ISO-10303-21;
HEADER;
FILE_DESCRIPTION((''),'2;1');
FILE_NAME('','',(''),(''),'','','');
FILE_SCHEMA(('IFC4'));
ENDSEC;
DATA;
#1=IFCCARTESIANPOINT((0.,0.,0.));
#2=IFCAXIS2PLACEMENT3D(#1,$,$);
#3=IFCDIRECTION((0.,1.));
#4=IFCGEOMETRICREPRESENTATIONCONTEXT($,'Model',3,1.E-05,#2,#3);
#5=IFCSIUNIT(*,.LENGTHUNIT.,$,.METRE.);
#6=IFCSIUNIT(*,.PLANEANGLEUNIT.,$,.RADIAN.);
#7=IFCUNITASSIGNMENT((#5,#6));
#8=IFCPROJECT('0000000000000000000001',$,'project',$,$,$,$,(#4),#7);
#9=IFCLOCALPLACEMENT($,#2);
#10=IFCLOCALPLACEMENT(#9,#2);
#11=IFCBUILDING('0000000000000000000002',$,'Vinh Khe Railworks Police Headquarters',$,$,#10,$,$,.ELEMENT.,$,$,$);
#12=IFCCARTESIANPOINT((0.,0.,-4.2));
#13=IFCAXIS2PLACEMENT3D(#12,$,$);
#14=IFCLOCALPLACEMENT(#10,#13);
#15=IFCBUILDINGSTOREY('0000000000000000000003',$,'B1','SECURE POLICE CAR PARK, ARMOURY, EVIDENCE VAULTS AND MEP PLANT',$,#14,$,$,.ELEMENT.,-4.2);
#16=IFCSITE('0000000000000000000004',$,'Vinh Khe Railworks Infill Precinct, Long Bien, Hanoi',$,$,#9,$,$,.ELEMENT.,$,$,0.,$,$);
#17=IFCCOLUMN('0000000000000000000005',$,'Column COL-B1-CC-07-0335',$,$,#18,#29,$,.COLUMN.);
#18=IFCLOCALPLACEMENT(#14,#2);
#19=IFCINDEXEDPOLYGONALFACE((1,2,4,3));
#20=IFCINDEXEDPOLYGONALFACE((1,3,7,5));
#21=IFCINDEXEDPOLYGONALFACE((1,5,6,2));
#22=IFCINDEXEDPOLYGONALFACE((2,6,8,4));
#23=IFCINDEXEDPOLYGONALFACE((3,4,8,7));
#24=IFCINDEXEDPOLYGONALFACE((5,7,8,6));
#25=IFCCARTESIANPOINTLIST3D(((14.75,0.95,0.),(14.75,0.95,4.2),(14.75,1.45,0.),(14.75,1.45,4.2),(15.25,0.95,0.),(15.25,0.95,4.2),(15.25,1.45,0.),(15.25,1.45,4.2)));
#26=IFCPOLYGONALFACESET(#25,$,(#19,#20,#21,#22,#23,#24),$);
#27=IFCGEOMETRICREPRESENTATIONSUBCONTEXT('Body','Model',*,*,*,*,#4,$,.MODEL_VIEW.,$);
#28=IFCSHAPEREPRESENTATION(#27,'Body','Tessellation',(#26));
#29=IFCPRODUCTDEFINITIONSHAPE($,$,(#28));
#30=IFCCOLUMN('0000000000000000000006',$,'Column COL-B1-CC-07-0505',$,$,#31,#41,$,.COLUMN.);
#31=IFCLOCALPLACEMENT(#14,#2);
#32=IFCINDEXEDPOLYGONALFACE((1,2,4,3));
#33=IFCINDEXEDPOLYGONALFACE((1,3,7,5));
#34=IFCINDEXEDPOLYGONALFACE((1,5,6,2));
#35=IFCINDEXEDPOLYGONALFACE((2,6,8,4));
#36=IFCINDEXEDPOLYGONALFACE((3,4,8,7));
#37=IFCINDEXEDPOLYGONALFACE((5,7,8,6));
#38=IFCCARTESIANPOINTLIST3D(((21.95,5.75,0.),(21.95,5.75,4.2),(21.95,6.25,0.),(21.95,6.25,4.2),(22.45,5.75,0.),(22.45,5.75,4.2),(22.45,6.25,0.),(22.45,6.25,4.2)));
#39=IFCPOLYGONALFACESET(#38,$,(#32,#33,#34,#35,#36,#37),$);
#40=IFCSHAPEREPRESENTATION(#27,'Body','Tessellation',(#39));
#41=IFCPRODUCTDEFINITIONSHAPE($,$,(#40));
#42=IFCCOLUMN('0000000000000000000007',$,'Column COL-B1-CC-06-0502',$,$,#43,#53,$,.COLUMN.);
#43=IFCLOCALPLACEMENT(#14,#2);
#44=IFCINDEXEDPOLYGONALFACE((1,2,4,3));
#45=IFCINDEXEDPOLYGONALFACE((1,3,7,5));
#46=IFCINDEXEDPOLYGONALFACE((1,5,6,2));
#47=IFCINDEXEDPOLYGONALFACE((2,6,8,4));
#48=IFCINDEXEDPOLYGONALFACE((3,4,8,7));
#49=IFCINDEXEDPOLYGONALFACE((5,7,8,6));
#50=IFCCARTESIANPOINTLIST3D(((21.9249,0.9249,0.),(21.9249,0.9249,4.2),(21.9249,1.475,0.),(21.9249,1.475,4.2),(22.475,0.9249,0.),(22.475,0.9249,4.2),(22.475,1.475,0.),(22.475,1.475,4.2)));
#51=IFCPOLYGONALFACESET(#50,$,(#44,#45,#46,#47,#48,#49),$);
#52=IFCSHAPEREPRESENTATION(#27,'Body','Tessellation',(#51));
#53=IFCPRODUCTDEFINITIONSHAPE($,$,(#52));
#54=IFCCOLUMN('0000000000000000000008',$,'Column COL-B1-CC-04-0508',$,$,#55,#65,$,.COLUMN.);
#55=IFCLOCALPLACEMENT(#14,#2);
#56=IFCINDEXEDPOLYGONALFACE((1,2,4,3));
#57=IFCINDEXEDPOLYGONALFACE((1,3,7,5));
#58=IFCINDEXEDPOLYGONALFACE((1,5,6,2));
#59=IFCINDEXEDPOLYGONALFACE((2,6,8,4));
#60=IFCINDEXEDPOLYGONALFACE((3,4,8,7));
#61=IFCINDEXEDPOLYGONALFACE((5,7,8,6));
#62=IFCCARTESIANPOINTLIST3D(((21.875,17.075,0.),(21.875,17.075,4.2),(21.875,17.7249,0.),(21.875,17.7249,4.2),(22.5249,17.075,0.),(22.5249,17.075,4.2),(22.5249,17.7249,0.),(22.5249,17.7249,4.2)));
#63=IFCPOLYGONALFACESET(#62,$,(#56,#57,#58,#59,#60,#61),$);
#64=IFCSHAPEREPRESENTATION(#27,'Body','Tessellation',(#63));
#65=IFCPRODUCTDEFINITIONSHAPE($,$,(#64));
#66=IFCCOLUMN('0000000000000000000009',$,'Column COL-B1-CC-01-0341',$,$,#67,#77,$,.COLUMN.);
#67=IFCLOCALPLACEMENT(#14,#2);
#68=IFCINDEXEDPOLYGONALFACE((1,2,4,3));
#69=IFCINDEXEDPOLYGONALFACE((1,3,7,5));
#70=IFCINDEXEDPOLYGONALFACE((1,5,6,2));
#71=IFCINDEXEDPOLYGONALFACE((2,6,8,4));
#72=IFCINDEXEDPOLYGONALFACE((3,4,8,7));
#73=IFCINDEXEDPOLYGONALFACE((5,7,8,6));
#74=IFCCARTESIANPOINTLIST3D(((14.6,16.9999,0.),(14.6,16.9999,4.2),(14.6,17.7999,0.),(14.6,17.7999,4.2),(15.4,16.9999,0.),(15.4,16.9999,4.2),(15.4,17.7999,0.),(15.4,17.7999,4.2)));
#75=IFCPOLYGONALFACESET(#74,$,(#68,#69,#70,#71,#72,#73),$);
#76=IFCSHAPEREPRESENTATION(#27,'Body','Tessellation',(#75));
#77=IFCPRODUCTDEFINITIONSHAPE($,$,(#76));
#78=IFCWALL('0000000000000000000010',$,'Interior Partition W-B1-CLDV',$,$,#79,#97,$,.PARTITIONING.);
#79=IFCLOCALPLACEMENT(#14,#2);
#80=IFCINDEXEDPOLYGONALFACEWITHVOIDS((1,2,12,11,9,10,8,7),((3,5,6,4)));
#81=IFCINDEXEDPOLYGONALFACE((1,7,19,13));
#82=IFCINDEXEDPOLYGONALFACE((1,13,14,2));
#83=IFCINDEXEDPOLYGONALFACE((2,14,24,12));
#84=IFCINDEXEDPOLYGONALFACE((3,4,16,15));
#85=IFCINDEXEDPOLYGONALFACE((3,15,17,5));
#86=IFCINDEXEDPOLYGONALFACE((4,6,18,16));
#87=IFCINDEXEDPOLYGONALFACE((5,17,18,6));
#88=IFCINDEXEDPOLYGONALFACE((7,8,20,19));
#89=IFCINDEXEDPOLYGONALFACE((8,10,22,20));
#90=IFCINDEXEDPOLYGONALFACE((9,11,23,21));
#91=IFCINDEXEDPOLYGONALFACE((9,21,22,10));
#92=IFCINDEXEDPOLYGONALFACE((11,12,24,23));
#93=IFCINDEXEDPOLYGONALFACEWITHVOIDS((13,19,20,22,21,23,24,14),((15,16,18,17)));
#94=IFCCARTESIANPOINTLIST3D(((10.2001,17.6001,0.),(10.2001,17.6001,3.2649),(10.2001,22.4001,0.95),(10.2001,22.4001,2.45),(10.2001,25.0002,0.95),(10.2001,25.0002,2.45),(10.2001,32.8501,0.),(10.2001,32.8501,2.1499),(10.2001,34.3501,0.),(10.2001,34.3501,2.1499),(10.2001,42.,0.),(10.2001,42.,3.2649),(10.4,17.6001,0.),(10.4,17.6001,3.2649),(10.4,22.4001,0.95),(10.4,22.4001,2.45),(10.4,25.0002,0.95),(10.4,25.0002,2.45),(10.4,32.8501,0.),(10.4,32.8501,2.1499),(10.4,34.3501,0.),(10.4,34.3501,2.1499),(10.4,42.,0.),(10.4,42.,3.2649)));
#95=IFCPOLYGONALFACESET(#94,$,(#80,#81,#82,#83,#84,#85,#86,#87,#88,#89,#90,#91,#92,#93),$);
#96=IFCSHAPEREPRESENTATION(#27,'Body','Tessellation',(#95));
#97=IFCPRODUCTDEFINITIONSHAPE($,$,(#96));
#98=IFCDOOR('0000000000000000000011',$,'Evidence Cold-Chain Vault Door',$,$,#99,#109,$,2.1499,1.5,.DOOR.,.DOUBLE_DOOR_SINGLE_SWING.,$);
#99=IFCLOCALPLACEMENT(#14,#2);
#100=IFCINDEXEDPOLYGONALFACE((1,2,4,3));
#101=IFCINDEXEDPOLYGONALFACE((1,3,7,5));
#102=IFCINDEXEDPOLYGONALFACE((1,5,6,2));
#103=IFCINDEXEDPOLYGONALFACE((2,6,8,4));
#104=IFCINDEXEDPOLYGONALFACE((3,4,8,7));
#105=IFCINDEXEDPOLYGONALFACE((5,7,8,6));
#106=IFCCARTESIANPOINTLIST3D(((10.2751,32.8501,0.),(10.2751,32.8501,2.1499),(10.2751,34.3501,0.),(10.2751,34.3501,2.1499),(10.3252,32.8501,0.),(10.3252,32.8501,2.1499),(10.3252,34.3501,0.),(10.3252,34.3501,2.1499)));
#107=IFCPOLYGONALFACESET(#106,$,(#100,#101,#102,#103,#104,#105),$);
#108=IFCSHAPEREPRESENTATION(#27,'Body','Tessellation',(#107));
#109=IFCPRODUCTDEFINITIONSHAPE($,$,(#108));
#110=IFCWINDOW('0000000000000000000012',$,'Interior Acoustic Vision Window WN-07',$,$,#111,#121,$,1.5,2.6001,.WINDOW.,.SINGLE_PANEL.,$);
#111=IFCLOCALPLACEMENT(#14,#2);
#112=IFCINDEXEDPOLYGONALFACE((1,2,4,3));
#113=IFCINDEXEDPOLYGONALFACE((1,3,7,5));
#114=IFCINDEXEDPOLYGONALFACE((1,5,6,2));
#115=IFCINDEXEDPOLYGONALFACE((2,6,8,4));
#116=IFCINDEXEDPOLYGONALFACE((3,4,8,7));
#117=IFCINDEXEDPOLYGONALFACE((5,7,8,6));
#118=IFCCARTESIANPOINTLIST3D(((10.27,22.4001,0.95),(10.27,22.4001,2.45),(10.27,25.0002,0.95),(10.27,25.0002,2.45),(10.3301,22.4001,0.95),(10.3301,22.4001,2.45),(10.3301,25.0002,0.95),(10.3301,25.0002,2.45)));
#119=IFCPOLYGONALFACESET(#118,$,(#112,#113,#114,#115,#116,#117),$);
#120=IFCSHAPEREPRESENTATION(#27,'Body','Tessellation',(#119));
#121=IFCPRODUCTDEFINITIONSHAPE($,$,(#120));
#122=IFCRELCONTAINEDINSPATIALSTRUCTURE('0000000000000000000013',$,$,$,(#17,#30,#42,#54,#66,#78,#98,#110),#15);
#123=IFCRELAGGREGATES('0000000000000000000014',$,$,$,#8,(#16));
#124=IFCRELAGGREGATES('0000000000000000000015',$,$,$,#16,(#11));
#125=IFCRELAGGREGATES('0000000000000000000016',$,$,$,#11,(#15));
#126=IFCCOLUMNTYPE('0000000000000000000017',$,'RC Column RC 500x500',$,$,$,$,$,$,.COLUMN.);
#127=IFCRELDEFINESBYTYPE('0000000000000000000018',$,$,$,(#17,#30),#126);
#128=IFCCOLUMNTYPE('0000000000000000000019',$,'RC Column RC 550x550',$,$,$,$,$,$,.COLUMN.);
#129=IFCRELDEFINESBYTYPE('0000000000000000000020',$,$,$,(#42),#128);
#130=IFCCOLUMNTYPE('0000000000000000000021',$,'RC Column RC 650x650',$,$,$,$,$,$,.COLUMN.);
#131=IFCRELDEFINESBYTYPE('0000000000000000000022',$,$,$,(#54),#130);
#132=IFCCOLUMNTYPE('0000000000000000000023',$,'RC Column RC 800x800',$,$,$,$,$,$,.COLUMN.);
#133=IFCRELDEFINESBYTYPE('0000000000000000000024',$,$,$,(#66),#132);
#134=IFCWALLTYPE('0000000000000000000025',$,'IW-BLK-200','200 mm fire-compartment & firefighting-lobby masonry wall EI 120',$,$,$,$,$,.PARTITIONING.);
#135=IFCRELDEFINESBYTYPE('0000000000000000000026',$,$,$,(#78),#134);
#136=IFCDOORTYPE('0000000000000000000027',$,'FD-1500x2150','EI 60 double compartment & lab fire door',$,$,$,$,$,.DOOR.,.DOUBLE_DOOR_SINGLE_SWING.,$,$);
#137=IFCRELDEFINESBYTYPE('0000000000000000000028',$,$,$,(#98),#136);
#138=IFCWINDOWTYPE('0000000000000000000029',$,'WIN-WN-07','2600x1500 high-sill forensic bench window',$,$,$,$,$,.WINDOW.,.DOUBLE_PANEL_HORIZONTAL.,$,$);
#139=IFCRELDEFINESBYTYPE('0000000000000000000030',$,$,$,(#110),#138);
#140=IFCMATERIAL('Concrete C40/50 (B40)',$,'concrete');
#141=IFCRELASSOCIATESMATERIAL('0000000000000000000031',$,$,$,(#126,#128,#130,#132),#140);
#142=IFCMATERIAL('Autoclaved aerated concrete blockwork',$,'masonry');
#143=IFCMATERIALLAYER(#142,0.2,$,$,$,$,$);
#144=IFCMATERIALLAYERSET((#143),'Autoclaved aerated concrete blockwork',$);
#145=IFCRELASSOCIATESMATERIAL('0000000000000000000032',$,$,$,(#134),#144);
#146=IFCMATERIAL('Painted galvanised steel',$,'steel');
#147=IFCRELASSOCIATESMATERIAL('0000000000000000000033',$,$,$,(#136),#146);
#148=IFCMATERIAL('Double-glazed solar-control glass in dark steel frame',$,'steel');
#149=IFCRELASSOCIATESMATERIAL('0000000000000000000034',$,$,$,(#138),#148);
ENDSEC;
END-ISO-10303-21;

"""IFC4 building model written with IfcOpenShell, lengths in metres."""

from ifc_helpers import new_model, si_unit, direction, frame, frame_2d, origin, origin_2d, place, context, subcontext, project, spatial, rectangle, extrude, material, layer, layer_set, material_profile, profile_set, type_object, element, fill, save


model = new_model("IFC4")

# Units and contexts
model_context = context("Model", 3, precision=1e-05, world=origin(), true_north=direction((0.0, 1.0)))
body_context = subcontext(model_context, "Body", "Model", "MODEL_VIEW")
ifc_project = project(units=[si_unit("LENGTHUNIT", "METRE"), si_unit("PLANEANGLEUNIT", "RADIAN")], contexts=[model_context])

# Site, building, storey
site_placement = place(None, origin())
site = spatial("IfcSite", under=ifc_project, at=site_placement, Name="Vinh Khe Railworks Infill Precinct, Long Bien, Hanoi", CompositionType="ELEMENT", RefElevation=0.0)
building_placement = place(site_placement, origin())
building = spatial("IfcBuilding", under=site, at=building_placement, Name="Vinh Khe Railworks Police Headquarters", CompositionType="ELEMENT")
storey_placement = place(building_placement, frame((0.0, 0.0, -4.2)))
storey = spatial("IfcBuildingStorey", under=building, at=storey_placement, Name="B1", Description="SECURE POLICE CAR PARK, ARMOURY, EVIDENCE VAULTS AND MEP PLANT", CompositionType="ELEMENT", Elevation=-4.2)

# Columns
ifc_material_1 = material(Name="Concrete C40/50 (B40)", Category="concrete")
ifc_material_profile_1 = material_profile(ifc_material_1, rectangle(XDim=0.5, YDim=0.5, at=origin_2d()), Name="RC 500x500")
ifc_profile_set_1 = profile_set([ifc_material_profile_1], Name="Concrete C40/50 (B40)")
column_type_1 = type_object("IfcColumnType", Name="RC Column RC 500x500", PredefinedType="COLUMN", material=ifc_profile_set_1)
for number, where, z_axis, x_axis, name in (
    (1, (15.0, 1.2, 0.0), (0.0, 0.0, 1.0), (1.0, 0.0, 0.0), "Column COL-B1-CC-07-0335"),
    (2, (22.2, 6.0, 0.0), (0.0, 0.0, 1.0), (1.0, 0.0, 0.0), "Column COL-B1-CC-07-0505"),
):
    element("IfcColumn", number, at=place(storey_placement, frame(where, z_axis=z_axis, x_axis=x_axis)), inside=storey, type_object=column_type_1, Name=name, PredefinedType="COLUMN", context=body_context, shape_type="SweptSolid", body=[
        extrude(rectangle(XDim=0.5, YDim=0.5, at=origin_2d()), origin(), (0.0, 0.0, 1.0), 4.2),
    ])
ifc_material_profile_2 = material_profile(ifc_material_1, rectangle(XDim=0.55, YDim=0.55, at=origin_2d()), Name="RC 550x550")
ifc_profile_set_2 = profile_set([ifc_material_profile_2], Name="Concrete C40/50 (B40)")
column_type_2 = type_object("IfcColumnType", Name="RC Column RC 550x550", PredefinedType="COLUMN", material=ifc_profile_set_2)
column_1_placement = place(storey_placement, frame((22.2, 1.2, 0.0), z_axis=(0.0, 0.0, 1.0), x_axis=(1.0, 0.0, 0.0)))
element("IfcColumn", 3, at=column_1_placement, inside=storey, type_object=column_type_2, Name="Column COL-B1-CC-06-0502", PredefinedType="COLUMN", context=body_context, shape_type="SweptSolid", body=[
    extrude(rectangle(XDim=0.55, YDim=0.55, at=origin_2d()), origin(), (0.0, 0.0, 1.0), 4.2),
])
ifc_material_profile_3 = material_profile(ifc_material_1, rectangle(XDim=0.6499, YDim=0.6499, at=origin_2d()), Name="RC 650x650")
ifc_profile_set_3 = profile_set([ifc_material_profile_3], Name="Concrete C40/50 (B40)")
column_type_3 = type_object("IfcColumnType", Name="RC Column RC 650x650", PredefinedType="COLUMN", material=ifc_profile_set_3)
column_2_placement = place(storey_placement, frame((22.2, 17.3999, 0.0), z_axis=(0.0, 0.0, 1.0), x_axis=(1.0, 0.0, 0.0)))
element("IfcColumn", 4, at=column_2_placement, inside=storey, type_object=column_type_3, Name="Column COL-B1-CC-04-0508", PredefinedType="COLUMN", context=body_context, shape_type="SweptSolid", body=[
    extrude(rectangle(XDim=0.6499, YDim=0.6499, at=origin_2d()), origin(), (0.0, 0.0, 1.0), 4.2),
])
ifc_material_profile_4 = material_profile(ifc_material_1, rectangle(XDim=0.8, YDim=0.8, at=origin_2d()), Name="RC 800x800")
ifc_profile_set_4 = profile_set([ifc_material_profile_4], Name="Concrete C40/50 (B40)")
column_type_4 = type_object("IfcColumnType", Name="RC Column RC 800x800", PredefinedType="COLUMN", material=ifc_profile_set_4)
column_3_placement = place(storey_placement, frame((15.0, 17.3999, 0.0), z_axis=(0.0, 0.0, 1.0), x_axis=(1.0, 0.0, 0.0)))
element("IfcColumn", 5, at=column_3_placement, inside=storey, type_object=column_type_4, Name="Column COL-B1-CC-01-0341", PredefinedType="COLUMN", context=body_context, shape_type="SweptSolid", body=[
    extrude(rectangle(XDim=0.8, YDim=0.8, at=origin_2d()), origin(), (0.0, 0.0, 1.0), 4.2),
])

# Wall, openings, door, window
ifc_material_2 = material(Name="Autoclaved aerated concrete blockwork", Category="masonry")
ifc_layer = layer(ifc_material_2, 0.2)
ifc_layer_set = layer_set([ifc_layer], Name="Autoclaved aerated concrete blockwork")
wall_type = type_object("IfcWallType", Name="IW-BLK-200", Description="200 mm fire-compartment & firefighting-lobby masonry wall EI 120", PredefinedType="PARTITIONING", material=ifc_layer_set)
wall_placement = place(storey_placement, frame((10.3, 17.6001, 0.0), z_axis=(0.0, 0.0, 1.0), x_axis=(0.0, 1.0, 0.0)))
wall = element("IfcWall", 6, at=wall_placement, inside=storey, type_object=wall_type, Name="Interior Partition W-B1-CLDV", PredefinedType="PARTITIONING", context=body_context, shape_type="SweptSolid", body=[
    extrude(rectangle(XDim=24.3999, YDim=0.2, at=frame_2d((12.2, 0.0))), origin(), (0.0, 0.0, 1.0), 3.2649),
])
opening_1_placement = place(wall_placement, frame((15.25, 0.0, 0.0)))
opening_1 = element("IfcOpeningElement", 7, at=opening_1_placement, cuts=wall, PredefinedType="OPENING", context=body_context, shape_type="SweptSolid", body=[
    extrude(rectangle(XDim=1.5, YDim=2.1499, at=frame_2d((0.75, 1.075))), frame((0.0, 0.1147, 0.0), z_axis=(0.0, -1.0, 0.0), x_axis=(1.0, 0.0, 0.0)), (0.0, 0.0, 1.0), 0.2297),
])
opening_2_placement = place(wall_placement, frame((4.8, 0.0, 0.95)))
opening_2 = element("IfcOpeningElement", 8, at=opening_2_placement, cuts=wall, PredefinedType="OPENING", context=body_context, shape_type="SweptSolid", body=[
    extrude(rectangle(XDim=2.6001, YDim=1.5, at=frame_2d((1.3, 0.75))), frame((0.0, 0.1147, 0.0), z_axis=(0.0, -1.0, 0.0), x_axis=(1.0, 0.0, 0.0)), (0.0, 0.0, 1.0), 0.2297),
])
ifc_material_3 = material(Name="Painted galvanised steel", Category="steel")
door_type = type_object("IfcDoorType", Name="FD-1500x2150", Description="EI 60 double compartment & lab fire door", OperationType="DOUBLE_DOOR_SINGLE_SWING", PredefinedType="DOOR", material=ifc_material_3)
door_placement = place(opening_1_placement, origin())
door = element("IfcDoor", 9, at=door_placement, inside=storey, type_object=door_type, Name="Evidence Cold-Chain Vault Door", OperationType="DOUBLE_DOOR_SINGLE_SWING", OverallHeight=2.1499, OverallWidth=1.5, PredefinedType="DOOR", context=body_context, shape_type="SweptSolid", body=[
    extrude(rectangle(XDim=1.5, YDim=2.1499, at=frame_2d((0.75, 1.075))), frame((0.0, 0.0249, 0.0), z_axis=(0.0, -1.0, 0.0), x_axis=(1.0, 0.0, 0.0)), (0.0, 0.0, 1.0), 0.05),
])
fill(opening_1, door)
ifc_material_4 = material(Name="Double-glazed solar-control glass in dark steel frame", Category="steel")
window_type = type_object("IfcWindowType", Name="WIN-WN-07", Description="2600x1500 high-sill forensic bench window", PartitioningType="DOUBLE_PANEL_HORIZONTAL", PredefinedType="WINDOW", material=ifc_material_4)
window_placement = place(opening_2_placement, origin())
window = element("IfcWindow", 10, at=window_placement, inside=storey, type_object=window_type, Name="Interior Acoustic Vision Window WN-07", OverallHeight=1.5, OverallWidth=2.6001, PartitioningType="SINGLE_PANEL", PredefinedType="WINDOW", context=body_context, shape_type="SweptSolid", body=[
    extrude(rectangle(XDim=2.6001, YDim=1.5, at=frame_2d((1.3, 0.75))), frame((0.0, 0.03, 0.0), z_axis=(0.0, -1.0, 0.0), x_axis=(1.0, 0.0, 0.0)), (0.0, 0.0, 1.0), 0.0601),
])
fill(opening_2, window)

save(model, "model.ifc")
